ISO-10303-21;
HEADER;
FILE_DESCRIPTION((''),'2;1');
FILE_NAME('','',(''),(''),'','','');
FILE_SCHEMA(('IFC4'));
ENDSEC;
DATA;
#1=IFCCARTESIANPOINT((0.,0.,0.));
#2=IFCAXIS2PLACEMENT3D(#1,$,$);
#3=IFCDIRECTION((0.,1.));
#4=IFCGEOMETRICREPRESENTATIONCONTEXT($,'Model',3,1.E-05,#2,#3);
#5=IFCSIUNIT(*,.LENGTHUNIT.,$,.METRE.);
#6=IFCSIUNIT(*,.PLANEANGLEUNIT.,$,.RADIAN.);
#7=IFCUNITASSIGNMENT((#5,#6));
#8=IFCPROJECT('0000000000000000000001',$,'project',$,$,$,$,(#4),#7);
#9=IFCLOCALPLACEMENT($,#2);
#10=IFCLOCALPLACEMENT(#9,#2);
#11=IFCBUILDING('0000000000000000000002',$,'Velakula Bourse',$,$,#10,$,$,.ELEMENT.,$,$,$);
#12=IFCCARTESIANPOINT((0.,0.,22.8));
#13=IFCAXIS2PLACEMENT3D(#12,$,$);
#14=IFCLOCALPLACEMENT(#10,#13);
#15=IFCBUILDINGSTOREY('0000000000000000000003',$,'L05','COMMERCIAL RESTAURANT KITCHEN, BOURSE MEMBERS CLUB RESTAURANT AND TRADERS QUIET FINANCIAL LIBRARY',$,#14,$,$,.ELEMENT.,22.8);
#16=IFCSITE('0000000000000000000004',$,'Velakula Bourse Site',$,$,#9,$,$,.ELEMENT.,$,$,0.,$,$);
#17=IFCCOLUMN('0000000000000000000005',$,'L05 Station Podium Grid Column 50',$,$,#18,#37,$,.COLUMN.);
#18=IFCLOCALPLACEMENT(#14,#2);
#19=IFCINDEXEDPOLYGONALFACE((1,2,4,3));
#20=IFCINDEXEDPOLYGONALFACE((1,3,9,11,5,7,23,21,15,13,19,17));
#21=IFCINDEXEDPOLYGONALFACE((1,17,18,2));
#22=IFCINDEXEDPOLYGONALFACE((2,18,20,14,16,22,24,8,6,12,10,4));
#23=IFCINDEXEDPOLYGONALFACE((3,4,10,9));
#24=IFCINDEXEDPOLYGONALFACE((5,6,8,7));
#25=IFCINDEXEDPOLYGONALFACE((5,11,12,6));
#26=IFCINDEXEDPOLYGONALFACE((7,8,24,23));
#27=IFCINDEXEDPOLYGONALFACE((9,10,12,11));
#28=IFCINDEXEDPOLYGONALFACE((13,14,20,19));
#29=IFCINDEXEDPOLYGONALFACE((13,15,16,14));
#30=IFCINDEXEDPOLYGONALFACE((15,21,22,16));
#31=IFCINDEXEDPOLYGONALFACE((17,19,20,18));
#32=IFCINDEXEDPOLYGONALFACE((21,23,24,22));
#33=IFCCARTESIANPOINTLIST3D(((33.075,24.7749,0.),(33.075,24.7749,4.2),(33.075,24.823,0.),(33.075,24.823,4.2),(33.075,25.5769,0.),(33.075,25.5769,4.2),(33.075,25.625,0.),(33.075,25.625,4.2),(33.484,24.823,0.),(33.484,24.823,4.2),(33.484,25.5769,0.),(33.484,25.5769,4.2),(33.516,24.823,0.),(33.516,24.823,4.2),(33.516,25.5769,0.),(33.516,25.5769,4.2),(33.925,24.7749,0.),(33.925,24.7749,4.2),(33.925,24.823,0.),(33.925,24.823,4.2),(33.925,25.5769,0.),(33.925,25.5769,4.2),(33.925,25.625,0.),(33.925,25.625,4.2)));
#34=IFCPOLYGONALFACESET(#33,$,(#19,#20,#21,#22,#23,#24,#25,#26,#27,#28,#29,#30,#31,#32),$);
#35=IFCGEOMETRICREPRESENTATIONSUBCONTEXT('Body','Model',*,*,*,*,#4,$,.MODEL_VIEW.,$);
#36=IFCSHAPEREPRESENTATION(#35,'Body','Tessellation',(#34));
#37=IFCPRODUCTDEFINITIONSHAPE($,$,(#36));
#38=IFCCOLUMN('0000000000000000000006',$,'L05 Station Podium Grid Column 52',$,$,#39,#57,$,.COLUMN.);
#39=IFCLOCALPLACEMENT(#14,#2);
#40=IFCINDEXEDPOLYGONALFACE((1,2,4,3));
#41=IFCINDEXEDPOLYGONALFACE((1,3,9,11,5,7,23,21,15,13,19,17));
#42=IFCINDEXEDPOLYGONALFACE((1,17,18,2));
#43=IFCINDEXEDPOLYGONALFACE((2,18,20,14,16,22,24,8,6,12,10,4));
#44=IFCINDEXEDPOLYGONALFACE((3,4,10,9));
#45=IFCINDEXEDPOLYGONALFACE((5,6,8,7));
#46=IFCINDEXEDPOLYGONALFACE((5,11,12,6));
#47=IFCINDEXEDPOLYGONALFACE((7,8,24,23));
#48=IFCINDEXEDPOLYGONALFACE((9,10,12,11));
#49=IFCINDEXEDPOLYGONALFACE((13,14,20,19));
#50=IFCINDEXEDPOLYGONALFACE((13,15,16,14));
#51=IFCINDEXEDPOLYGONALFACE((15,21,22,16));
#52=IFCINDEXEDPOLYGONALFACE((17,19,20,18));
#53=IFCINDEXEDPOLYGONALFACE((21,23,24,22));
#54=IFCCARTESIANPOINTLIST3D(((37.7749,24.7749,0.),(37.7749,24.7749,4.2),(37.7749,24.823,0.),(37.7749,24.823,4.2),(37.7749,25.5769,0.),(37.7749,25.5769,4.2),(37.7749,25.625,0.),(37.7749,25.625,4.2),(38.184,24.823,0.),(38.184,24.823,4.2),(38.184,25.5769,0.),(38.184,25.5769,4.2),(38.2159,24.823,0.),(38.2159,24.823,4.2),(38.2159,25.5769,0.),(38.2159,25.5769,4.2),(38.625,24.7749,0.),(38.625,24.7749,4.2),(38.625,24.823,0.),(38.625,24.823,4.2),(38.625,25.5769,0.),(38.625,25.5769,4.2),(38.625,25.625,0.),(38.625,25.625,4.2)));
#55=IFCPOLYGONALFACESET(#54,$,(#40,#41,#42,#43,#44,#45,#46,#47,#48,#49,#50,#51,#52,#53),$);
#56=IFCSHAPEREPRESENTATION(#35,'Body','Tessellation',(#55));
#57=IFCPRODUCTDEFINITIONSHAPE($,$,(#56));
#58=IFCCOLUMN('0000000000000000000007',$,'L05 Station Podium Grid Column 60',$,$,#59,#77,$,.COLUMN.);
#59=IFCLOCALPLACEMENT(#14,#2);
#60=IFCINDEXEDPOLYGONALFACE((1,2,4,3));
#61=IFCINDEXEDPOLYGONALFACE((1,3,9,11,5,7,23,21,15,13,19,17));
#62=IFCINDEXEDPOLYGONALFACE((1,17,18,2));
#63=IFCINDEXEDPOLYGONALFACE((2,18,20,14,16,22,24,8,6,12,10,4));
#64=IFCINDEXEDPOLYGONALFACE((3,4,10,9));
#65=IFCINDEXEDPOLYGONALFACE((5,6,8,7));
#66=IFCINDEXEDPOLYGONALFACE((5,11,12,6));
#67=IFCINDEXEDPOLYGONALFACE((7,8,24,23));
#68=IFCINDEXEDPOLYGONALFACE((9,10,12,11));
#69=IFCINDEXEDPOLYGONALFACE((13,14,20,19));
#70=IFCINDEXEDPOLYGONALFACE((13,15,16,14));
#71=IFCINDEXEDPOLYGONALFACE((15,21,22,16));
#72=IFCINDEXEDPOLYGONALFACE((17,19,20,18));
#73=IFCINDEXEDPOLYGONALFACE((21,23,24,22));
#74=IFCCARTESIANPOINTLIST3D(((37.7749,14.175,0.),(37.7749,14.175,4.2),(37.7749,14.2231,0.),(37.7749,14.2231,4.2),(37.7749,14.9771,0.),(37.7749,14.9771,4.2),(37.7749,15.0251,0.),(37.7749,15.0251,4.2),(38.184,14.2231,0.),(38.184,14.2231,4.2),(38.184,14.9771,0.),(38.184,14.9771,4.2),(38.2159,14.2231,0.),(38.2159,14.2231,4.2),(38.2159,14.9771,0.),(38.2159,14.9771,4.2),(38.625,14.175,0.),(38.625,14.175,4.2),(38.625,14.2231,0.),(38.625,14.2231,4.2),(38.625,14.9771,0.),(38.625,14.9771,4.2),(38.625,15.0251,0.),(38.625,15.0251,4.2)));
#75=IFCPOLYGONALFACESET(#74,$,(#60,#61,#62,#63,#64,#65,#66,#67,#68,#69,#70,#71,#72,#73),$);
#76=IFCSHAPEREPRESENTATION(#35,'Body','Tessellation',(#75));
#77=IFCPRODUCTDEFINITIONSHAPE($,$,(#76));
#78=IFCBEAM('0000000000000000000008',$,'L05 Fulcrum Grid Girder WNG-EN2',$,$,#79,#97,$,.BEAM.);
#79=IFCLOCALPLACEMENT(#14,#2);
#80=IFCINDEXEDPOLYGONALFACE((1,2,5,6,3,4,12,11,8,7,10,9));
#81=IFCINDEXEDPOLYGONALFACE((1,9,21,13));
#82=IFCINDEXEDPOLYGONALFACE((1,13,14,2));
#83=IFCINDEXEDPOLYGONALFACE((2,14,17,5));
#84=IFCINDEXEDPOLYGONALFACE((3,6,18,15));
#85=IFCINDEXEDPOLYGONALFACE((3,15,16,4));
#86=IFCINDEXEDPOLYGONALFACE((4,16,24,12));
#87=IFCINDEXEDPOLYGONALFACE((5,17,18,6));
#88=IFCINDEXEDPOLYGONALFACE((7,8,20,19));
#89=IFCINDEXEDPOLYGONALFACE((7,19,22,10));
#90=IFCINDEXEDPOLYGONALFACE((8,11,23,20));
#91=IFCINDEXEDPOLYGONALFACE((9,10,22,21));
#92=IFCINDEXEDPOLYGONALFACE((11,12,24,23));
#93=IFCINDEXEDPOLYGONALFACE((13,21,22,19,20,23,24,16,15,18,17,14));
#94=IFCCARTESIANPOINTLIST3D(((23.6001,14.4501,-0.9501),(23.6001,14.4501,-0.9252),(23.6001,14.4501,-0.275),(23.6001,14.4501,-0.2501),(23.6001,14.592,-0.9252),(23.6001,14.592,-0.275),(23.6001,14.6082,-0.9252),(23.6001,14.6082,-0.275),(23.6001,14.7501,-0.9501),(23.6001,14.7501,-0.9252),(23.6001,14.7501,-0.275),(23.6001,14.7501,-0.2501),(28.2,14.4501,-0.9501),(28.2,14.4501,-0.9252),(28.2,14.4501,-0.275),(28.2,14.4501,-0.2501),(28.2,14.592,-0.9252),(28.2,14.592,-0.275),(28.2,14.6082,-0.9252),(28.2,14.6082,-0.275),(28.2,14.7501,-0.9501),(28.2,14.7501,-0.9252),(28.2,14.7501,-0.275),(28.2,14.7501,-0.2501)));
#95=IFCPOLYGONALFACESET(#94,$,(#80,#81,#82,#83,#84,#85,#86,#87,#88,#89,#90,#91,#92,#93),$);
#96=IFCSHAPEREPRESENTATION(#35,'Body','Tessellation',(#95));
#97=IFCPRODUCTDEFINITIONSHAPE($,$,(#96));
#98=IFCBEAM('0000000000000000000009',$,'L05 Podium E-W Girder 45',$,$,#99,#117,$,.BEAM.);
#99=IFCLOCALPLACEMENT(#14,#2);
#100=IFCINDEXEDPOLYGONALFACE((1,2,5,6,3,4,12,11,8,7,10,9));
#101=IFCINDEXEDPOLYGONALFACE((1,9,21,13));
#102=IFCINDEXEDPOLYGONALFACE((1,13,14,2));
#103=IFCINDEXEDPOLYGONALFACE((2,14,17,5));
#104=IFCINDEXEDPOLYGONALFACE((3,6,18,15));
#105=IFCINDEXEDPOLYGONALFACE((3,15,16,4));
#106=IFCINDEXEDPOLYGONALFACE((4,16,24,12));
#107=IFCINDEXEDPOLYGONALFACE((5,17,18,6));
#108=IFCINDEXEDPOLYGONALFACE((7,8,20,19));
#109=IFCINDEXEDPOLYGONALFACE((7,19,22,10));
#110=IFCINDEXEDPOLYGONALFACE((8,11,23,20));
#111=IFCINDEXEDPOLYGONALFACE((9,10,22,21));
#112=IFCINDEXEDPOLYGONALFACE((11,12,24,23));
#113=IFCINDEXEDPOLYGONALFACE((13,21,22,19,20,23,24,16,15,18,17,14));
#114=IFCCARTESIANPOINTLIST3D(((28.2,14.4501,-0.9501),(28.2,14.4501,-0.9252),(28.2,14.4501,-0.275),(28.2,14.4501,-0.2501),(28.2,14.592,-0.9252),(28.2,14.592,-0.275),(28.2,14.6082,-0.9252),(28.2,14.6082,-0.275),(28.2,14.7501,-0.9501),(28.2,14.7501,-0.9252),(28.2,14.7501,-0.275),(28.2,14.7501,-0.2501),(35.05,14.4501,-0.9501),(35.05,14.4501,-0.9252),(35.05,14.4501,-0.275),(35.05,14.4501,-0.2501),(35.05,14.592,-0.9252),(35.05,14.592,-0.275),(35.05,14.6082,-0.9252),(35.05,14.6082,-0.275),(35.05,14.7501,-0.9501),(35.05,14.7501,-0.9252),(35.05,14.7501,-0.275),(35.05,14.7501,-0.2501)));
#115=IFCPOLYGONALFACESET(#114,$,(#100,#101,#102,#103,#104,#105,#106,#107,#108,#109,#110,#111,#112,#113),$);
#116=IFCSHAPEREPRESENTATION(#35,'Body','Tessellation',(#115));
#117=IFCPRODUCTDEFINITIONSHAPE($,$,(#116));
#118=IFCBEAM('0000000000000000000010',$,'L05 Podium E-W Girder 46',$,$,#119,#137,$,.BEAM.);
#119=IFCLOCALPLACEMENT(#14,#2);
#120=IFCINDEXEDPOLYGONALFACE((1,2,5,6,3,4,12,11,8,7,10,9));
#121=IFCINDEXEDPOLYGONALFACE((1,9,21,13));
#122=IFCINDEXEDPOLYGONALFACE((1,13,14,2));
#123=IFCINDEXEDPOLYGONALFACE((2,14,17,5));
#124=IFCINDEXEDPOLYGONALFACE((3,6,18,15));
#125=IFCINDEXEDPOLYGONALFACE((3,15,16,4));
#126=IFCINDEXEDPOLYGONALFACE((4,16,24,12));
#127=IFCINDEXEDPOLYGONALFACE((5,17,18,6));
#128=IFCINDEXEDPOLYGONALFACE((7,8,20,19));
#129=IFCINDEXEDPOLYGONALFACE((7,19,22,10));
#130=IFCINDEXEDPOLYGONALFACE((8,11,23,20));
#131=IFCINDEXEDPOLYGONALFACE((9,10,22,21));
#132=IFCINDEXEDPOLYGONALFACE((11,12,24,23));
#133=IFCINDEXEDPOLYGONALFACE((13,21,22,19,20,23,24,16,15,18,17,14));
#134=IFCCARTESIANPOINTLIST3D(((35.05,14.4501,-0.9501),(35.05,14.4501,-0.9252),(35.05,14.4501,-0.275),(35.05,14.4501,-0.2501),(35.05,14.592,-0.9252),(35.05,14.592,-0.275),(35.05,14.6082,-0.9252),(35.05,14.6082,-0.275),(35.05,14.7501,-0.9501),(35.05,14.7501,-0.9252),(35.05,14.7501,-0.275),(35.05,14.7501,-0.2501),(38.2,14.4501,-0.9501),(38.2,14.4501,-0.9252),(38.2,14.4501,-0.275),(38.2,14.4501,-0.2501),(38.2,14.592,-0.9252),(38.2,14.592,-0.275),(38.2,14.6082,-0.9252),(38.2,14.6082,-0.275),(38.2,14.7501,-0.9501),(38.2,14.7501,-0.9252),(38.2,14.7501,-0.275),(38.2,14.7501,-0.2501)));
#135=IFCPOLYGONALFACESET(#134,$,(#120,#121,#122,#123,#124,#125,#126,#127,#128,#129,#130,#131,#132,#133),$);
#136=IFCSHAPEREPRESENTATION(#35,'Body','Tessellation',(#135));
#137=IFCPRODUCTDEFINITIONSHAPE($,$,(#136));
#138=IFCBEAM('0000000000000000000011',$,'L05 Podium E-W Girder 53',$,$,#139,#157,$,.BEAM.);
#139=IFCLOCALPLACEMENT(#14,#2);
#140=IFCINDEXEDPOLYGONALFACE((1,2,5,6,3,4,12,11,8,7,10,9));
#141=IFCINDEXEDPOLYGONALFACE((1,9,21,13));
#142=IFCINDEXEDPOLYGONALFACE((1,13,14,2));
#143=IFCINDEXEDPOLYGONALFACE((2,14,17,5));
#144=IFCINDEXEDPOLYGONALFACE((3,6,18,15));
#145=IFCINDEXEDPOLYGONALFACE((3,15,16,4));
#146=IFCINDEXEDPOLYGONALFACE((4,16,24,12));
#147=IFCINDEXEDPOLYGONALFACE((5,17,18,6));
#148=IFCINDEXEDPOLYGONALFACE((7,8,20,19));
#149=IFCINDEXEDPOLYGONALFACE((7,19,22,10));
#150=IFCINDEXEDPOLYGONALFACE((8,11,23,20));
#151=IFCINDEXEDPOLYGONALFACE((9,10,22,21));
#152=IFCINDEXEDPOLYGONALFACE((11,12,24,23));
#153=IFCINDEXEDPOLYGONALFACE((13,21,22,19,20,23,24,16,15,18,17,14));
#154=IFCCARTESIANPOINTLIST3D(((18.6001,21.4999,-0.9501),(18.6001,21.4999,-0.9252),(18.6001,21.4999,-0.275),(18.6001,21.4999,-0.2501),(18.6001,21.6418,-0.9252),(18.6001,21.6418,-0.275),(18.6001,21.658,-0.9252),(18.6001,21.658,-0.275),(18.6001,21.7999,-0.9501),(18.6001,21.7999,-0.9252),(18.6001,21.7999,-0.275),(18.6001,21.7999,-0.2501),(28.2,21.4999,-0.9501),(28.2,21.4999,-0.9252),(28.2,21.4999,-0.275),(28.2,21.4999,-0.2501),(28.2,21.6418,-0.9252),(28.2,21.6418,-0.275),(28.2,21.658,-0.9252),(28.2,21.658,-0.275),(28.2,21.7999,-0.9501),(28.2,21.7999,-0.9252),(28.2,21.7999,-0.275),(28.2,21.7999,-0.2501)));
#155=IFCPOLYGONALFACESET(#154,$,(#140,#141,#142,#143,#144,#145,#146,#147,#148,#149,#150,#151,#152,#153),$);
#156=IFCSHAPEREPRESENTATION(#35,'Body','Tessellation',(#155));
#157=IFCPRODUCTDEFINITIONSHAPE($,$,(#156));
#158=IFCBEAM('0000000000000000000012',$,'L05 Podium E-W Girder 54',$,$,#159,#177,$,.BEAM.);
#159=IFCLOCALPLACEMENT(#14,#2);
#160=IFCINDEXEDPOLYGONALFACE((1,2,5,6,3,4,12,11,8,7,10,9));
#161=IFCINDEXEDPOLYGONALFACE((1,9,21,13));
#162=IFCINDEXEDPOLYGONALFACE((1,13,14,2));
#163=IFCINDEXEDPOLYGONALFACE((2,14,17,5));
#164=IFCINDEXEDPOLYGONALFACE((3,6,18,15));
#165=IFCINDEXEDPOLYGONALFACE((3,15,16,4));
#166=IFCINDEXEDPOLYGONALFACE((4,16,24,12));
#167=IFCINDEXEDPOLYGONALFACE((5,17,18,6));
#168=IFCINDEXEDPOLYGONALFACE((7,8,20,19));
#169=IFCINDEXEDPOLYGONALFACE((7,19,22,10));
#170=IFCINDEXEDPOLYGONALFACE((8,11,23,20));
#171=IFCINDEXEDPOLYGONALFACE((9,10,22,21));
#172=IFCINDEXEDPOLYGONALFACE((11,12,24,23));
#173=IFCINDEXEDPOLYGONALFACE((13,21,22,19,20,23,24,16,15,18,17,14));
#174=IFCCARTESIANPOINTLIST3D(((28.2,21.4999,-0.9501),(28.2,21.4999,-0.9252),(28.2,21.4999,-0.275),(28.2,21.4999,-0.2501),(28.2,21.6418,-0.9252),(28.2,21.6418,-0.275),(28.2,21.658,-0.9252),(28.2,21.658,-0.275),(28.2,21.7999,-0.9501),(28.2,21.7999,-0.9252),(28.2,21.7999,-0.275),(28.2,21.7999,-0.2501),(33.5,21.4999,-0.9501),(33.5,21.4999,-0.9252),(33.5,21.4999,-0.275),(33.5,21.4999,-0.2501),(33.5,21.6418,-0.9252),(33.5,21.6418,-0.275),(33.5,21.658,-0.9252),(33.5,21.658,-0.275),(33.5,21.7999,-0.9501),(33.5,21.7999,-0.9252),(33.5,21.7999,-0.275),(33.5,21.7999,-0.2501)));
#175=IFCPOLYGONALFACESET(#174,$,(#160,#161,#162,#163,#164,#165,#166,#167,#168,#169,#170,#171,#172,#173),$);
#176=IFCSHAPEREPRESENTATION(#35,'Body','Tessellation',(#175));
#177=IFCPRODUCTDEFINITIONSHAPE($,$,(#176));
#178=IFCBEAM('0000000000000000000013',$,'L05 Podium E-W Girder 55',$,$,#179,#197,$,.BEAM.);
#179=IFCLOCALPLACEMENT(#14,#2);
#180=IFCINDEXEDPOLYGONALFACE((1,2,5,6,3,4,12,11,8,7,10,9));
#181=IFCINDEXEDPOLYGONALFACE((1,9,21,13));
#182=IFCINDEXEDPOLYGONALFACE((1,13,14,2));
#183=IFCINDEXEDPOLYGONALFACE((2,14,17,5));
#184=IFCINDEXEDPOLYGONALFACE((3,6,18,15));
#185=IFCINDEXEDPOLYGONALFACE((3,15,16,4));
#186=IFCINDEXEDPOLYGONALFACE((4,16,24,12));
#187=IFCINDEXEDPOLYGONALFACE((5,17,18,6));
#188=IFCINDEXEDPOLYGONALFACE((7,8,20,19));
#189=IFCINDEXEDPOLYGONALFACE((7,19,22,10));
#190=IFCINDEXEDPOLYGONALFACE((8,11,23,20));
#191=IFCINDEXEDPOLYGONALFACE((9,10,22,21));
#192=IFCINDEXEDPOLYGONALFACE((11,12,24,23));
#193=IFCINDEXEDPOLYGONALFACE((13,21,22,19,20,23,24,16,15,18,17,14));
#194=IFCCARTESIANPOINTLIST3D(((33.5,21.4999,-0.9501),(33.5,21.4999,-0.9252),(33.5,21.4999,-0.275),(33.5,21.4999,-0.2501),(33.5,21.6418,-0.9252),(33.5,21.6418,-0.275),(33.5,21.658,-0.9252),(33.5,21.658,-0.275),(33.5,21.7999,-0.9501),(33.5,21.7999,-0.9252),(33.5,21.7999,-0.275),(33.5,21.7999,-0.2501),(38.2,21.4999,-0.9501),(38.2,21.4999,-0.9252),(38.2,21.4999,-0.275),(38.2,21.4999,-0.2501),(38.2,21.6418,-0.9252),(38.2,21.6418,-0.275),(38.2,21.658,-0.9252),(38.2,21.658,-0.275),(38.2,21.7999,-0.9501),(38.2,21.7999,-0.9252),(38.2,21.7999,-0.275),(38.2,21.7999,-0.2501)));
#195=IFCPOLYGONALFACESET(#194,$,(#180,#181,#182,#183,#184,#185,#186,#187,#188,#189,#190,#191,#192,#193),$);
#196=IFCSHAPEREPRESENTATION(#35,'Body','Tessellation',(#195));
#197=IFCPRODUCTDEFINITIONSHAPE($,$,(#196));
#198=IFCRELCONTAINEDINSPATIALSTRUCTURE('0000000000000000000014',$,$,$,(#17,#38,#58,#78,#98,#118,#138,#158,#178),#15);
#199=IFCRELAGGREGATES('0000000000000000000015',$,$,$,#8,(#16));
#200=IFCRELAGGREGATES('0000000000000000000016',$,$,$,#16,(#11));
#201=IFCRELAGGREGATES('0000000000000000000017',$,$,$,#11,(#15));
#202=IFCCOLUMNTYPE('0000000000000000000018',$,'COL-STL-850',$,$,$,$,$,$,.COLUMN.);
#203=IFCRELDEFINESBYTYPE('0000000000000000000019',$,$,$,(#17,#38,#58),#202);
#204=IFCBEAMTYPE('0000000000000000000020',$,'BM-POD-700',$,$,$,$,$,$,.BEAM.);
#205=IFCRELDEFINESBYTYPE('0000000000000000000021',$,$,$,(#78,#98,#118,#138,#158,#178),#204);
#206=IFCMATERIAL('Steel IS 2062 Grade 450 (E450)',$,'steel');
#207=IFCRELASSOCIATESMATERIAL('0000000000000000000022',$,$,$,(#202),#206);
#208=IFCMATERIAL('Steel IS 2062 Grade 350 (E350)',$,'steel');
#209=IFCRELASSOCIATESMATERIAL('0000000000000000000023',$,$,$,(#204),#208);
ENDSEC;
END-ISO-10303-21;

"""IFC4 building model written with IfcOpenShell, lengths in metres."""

from ifc_helpers import new_model, si_unit, direction, frame, origin, origin_2d, place, context, subcontext, project, spatial, i_section, extrude, material, material_profile, profile_set, type_object, element, save


model = new_model("IFC4")

# Units and contexts
model_context = context("Model", 3, precision=1e-05, world=origin(), true_north=direction((0.0, 1.0)))
body_context = subcontext(model_context, "Body", "Model", "MODEL_VIEW")
ifc_project = project(units=[si_unit("LENGTHUNIT", "METRE"), si_unit("PLANEANGLEUNIT", "RADIAN")], contexts=[model_context])

# Site, building, storey
site_placement = place(None, origin())
site = spatial("IfcSite", under=ifc_project, at=site_placement, Name="Velakula Bourse Site", CompositionType="ELEMENT", RefElevation=0.0)
building_placement = place(site_placement, origin())
building = spatial("IfcBuilding", under=site, at=building_placement, Name="Velakula Bourse", CompositionType="ELEMENT")
storey_placement = place(building_placement, frame((0.0, 0.0, 22.8)))
storey = spatial("IfcBuildingStorey", under=building, at=storey_placement, Name="L05", Description="COMMERCIAL RESTAURANT KITCHEN, BOURSE MEMBERS CLUB RESTAURANT AND TRADERS QUIET FINANCIAL LIBRARY", CompositionType="ELEMENT", Elevation=22.8)

# Columns
ifc_material_1 = material(Name="Steel IS 2062 Grade 450 (E450)", Category="steel")
ifc_material_profile_1 = material_profile(ifc_material_1, i_section(OverallWidth=0.8501, OverallDepth=0.8501, WebThickness=0.032, FlangeThickness=0.0481, at=origin_2d()), Name="Steel IS 2062 Grade 450 (E450)")
ifc_profile_set_1 = profile_set([ifc_material_profile_1], Name="Steel IS 2062 Grade 450 (E450)")
column_type = type_object("IfcColumnType", Name="COL-STL-850", PredefinedType="COLUMN", material=ifc_profile_set_1)
for number, where, z_axis, x_axis, name in (
    (1, (33.5, 25.2, 0.0), (0.0, 0.0, 1.0), (1.0, 0.0, 0.0), "L05 Station Podium Grid Column 50"),
    (2, (38.2, 25.2, 0.0), (0.0, 0.0, 1.0), (1.0, 0.0, 0.0), "L05 Station Podium Grid Column 52"),
    (3, (38.2, 14.6001, 0.0), (0.0, 0.0, 1.0), (1.0, 0.0, 0.0), "L05 Station Podium Grid Column 60"),
):
    element("IfcColumn", number, at=place(storey_placement, frame(where, z_axis=z_axis, x_axis=x_axis)), inside=storey, type_object=column_type, Name=name, PredefinedType="COLUMN", context=body_context, shape_type="SweptSolid", body=[
        extrude(i_section(OverallWidth=0.8501, OverallDepth=0.8501, WebThickness=0.032, FlangeThickness=0.0481, at=origin_2d()), origin(), (0.0, 0.0, 1.0), 4.2),
    ])

# Beams
ifc_material_2 = material(Name="Steel IS 2062 Grade 350 (E350)", Category="steel")
ifc_material_profile_2 = material_profile(ifc_material_2, i_section(OverallWidth=0.3, OverallDepth=0.7, WebThickness=0.0161, FlangeThickness=0.0249, at=origin_2d()), Name="Steel IS 2062 Grade 350 (E350)")
ifc_profile_set_2 = profile_set([ifc_material_profile_2], Name="Steel IS 2062 Grade 350 (E350)")
beam_type_1 = type_object("IfcBeamType", Name="BM-POD-700", PredefinedType="BEAM", material=ifc_profile_set_2)
beam_1_placement = place(storey_placement, frame((23.6001, 14.6001, -0.6001), z_axis=(1.0, 0.0, 0.0), x_axis=(0.0, 1.0, 0.0)))
element("IfcBeam", 4, at=beam_1_placement, inside=storey, type_object=beam_type_1, Name="L05 Fulcrum Grid Girder WNG-EN2", PredefinedType="BEAM", context=body_context, shape_type="SweptSolid", body=[
    extrude(i_section(OverallWidth=0.3, OverallDepth=0.7, WebThickness=0.0161, FlangeThickness=0.0249, at=origin_2d()), origin(), (0.0, 0.0, 1.0), 4.5999),
])
beam_2_placement = place(storey_placement, frame((28.2, 14.6001, -0.6001), z_axis=(1.0, 0.0, 0.0), x_axis=(0.0, 1.0, 0.0)))
element("IfcBeam", 5, at=beam_2_placement, inside=storey, type_object=beam_type_1, Name="L05 Podium E-W Girder 45", PredefinedType="BEAM", context=body_context, shape_type="SweptSolid", body=[
    extrude(i_section(OverallWidth=0.3, OverallDepth=0.7, WebThickness=0.0161, FlangeThickness=0.0249, at=origin_2d()), origin(), (0.0, 0.0, 1.0), 6.8501),
])
beam_3_placement = place(storey_placement, frame((35.05, 14.6001, -0.6001), z_axis=(1.0, 0.0, 0.0), x_axis=(0.0, 1.0, 0.0)))
element("IfcBeam", 6, at=beam_3_placement, inside=storey, type_object=beam_type_1, Name="L05 Podium E-W Girder 46", PredefinedType="BEAM", context=body_context, shape_type="SweptSolid", body=[
    extrude(i_section(OverallWidth=0.3, OverallDepth=0.7, WebThickness=0.0161, FlangeThickness=0.0249, at=origin_2d()), origin(), (0.0, 0.0, 1.0), 3.1499),
])
beam_4_placement = place(storey_placement, frame((18.6001, 21.6499, -0.6001), z_axis=(1.0, 0.0, 0.0), x_axis=(0.0, 1.0, 0.0)))
element("IfcBeam", 7, at=beam_4_placement, inside=storey, type_object=beam_type_1, Name="L05 Podium E-W Girder 53", PredefinedType="BEAM", context=body_context, shape_type="SweptSolid", body=[
    extrude(i_section(OverallWidth=0.3, OverallDepth=0.7, WebThickness=0.0161, FlangeThickness=0.0249, at=origin_2d()), origin(), (0.0, 0.0, 1.0), 9.5999),
])
beam_5_placement = place(storey_placement, frame((28.2, 21.6499, -0.6001), z_axis=(1.0, 0.0, 0.0), x_axis=(0.0, 1.0, 0.0)))
element("IfcBeam", 8, at=beam_5_placement, inside=storey, type_object=beam_type_1, Name="L05 Podium E-W Girder 54", PredefinedType="BEAM", context=body_context, shape_type="SweptSolid", body=[
    extrude(i_section(OverallWidth=0.3, OverallDepth=0.7, WebThickness=0.0161, FlangeThickness=0.0249, at=origin_2d()), origin(), (0.0, 0.0, 1.0), 5.3),
])
beam_6_placement = place(storey_placement, frame((33.5, 21.6499, -0.6001), z_axis=(1.0, 0.0, 0.0), x_axis=(0.0, 1.0, 0.0)))
element("IfcBeam", 9, at=beam_6_placement, inside=storey, type_object=beam_type_1, Name="L05 Podium E-W Girder 55", PredefinedType="BEAM", context=body_context, shape_type="SweptSolid", body=[
    extrude(i_section(OverallWidth=0.3, OverallDepth=0.7, WebThickness=0.0161, FlangeThickness=0.0249, at=origin_2d()), origin(), (0.0, 0.0, 1.0), 4.7),
])

save(model, "model.ifc")
